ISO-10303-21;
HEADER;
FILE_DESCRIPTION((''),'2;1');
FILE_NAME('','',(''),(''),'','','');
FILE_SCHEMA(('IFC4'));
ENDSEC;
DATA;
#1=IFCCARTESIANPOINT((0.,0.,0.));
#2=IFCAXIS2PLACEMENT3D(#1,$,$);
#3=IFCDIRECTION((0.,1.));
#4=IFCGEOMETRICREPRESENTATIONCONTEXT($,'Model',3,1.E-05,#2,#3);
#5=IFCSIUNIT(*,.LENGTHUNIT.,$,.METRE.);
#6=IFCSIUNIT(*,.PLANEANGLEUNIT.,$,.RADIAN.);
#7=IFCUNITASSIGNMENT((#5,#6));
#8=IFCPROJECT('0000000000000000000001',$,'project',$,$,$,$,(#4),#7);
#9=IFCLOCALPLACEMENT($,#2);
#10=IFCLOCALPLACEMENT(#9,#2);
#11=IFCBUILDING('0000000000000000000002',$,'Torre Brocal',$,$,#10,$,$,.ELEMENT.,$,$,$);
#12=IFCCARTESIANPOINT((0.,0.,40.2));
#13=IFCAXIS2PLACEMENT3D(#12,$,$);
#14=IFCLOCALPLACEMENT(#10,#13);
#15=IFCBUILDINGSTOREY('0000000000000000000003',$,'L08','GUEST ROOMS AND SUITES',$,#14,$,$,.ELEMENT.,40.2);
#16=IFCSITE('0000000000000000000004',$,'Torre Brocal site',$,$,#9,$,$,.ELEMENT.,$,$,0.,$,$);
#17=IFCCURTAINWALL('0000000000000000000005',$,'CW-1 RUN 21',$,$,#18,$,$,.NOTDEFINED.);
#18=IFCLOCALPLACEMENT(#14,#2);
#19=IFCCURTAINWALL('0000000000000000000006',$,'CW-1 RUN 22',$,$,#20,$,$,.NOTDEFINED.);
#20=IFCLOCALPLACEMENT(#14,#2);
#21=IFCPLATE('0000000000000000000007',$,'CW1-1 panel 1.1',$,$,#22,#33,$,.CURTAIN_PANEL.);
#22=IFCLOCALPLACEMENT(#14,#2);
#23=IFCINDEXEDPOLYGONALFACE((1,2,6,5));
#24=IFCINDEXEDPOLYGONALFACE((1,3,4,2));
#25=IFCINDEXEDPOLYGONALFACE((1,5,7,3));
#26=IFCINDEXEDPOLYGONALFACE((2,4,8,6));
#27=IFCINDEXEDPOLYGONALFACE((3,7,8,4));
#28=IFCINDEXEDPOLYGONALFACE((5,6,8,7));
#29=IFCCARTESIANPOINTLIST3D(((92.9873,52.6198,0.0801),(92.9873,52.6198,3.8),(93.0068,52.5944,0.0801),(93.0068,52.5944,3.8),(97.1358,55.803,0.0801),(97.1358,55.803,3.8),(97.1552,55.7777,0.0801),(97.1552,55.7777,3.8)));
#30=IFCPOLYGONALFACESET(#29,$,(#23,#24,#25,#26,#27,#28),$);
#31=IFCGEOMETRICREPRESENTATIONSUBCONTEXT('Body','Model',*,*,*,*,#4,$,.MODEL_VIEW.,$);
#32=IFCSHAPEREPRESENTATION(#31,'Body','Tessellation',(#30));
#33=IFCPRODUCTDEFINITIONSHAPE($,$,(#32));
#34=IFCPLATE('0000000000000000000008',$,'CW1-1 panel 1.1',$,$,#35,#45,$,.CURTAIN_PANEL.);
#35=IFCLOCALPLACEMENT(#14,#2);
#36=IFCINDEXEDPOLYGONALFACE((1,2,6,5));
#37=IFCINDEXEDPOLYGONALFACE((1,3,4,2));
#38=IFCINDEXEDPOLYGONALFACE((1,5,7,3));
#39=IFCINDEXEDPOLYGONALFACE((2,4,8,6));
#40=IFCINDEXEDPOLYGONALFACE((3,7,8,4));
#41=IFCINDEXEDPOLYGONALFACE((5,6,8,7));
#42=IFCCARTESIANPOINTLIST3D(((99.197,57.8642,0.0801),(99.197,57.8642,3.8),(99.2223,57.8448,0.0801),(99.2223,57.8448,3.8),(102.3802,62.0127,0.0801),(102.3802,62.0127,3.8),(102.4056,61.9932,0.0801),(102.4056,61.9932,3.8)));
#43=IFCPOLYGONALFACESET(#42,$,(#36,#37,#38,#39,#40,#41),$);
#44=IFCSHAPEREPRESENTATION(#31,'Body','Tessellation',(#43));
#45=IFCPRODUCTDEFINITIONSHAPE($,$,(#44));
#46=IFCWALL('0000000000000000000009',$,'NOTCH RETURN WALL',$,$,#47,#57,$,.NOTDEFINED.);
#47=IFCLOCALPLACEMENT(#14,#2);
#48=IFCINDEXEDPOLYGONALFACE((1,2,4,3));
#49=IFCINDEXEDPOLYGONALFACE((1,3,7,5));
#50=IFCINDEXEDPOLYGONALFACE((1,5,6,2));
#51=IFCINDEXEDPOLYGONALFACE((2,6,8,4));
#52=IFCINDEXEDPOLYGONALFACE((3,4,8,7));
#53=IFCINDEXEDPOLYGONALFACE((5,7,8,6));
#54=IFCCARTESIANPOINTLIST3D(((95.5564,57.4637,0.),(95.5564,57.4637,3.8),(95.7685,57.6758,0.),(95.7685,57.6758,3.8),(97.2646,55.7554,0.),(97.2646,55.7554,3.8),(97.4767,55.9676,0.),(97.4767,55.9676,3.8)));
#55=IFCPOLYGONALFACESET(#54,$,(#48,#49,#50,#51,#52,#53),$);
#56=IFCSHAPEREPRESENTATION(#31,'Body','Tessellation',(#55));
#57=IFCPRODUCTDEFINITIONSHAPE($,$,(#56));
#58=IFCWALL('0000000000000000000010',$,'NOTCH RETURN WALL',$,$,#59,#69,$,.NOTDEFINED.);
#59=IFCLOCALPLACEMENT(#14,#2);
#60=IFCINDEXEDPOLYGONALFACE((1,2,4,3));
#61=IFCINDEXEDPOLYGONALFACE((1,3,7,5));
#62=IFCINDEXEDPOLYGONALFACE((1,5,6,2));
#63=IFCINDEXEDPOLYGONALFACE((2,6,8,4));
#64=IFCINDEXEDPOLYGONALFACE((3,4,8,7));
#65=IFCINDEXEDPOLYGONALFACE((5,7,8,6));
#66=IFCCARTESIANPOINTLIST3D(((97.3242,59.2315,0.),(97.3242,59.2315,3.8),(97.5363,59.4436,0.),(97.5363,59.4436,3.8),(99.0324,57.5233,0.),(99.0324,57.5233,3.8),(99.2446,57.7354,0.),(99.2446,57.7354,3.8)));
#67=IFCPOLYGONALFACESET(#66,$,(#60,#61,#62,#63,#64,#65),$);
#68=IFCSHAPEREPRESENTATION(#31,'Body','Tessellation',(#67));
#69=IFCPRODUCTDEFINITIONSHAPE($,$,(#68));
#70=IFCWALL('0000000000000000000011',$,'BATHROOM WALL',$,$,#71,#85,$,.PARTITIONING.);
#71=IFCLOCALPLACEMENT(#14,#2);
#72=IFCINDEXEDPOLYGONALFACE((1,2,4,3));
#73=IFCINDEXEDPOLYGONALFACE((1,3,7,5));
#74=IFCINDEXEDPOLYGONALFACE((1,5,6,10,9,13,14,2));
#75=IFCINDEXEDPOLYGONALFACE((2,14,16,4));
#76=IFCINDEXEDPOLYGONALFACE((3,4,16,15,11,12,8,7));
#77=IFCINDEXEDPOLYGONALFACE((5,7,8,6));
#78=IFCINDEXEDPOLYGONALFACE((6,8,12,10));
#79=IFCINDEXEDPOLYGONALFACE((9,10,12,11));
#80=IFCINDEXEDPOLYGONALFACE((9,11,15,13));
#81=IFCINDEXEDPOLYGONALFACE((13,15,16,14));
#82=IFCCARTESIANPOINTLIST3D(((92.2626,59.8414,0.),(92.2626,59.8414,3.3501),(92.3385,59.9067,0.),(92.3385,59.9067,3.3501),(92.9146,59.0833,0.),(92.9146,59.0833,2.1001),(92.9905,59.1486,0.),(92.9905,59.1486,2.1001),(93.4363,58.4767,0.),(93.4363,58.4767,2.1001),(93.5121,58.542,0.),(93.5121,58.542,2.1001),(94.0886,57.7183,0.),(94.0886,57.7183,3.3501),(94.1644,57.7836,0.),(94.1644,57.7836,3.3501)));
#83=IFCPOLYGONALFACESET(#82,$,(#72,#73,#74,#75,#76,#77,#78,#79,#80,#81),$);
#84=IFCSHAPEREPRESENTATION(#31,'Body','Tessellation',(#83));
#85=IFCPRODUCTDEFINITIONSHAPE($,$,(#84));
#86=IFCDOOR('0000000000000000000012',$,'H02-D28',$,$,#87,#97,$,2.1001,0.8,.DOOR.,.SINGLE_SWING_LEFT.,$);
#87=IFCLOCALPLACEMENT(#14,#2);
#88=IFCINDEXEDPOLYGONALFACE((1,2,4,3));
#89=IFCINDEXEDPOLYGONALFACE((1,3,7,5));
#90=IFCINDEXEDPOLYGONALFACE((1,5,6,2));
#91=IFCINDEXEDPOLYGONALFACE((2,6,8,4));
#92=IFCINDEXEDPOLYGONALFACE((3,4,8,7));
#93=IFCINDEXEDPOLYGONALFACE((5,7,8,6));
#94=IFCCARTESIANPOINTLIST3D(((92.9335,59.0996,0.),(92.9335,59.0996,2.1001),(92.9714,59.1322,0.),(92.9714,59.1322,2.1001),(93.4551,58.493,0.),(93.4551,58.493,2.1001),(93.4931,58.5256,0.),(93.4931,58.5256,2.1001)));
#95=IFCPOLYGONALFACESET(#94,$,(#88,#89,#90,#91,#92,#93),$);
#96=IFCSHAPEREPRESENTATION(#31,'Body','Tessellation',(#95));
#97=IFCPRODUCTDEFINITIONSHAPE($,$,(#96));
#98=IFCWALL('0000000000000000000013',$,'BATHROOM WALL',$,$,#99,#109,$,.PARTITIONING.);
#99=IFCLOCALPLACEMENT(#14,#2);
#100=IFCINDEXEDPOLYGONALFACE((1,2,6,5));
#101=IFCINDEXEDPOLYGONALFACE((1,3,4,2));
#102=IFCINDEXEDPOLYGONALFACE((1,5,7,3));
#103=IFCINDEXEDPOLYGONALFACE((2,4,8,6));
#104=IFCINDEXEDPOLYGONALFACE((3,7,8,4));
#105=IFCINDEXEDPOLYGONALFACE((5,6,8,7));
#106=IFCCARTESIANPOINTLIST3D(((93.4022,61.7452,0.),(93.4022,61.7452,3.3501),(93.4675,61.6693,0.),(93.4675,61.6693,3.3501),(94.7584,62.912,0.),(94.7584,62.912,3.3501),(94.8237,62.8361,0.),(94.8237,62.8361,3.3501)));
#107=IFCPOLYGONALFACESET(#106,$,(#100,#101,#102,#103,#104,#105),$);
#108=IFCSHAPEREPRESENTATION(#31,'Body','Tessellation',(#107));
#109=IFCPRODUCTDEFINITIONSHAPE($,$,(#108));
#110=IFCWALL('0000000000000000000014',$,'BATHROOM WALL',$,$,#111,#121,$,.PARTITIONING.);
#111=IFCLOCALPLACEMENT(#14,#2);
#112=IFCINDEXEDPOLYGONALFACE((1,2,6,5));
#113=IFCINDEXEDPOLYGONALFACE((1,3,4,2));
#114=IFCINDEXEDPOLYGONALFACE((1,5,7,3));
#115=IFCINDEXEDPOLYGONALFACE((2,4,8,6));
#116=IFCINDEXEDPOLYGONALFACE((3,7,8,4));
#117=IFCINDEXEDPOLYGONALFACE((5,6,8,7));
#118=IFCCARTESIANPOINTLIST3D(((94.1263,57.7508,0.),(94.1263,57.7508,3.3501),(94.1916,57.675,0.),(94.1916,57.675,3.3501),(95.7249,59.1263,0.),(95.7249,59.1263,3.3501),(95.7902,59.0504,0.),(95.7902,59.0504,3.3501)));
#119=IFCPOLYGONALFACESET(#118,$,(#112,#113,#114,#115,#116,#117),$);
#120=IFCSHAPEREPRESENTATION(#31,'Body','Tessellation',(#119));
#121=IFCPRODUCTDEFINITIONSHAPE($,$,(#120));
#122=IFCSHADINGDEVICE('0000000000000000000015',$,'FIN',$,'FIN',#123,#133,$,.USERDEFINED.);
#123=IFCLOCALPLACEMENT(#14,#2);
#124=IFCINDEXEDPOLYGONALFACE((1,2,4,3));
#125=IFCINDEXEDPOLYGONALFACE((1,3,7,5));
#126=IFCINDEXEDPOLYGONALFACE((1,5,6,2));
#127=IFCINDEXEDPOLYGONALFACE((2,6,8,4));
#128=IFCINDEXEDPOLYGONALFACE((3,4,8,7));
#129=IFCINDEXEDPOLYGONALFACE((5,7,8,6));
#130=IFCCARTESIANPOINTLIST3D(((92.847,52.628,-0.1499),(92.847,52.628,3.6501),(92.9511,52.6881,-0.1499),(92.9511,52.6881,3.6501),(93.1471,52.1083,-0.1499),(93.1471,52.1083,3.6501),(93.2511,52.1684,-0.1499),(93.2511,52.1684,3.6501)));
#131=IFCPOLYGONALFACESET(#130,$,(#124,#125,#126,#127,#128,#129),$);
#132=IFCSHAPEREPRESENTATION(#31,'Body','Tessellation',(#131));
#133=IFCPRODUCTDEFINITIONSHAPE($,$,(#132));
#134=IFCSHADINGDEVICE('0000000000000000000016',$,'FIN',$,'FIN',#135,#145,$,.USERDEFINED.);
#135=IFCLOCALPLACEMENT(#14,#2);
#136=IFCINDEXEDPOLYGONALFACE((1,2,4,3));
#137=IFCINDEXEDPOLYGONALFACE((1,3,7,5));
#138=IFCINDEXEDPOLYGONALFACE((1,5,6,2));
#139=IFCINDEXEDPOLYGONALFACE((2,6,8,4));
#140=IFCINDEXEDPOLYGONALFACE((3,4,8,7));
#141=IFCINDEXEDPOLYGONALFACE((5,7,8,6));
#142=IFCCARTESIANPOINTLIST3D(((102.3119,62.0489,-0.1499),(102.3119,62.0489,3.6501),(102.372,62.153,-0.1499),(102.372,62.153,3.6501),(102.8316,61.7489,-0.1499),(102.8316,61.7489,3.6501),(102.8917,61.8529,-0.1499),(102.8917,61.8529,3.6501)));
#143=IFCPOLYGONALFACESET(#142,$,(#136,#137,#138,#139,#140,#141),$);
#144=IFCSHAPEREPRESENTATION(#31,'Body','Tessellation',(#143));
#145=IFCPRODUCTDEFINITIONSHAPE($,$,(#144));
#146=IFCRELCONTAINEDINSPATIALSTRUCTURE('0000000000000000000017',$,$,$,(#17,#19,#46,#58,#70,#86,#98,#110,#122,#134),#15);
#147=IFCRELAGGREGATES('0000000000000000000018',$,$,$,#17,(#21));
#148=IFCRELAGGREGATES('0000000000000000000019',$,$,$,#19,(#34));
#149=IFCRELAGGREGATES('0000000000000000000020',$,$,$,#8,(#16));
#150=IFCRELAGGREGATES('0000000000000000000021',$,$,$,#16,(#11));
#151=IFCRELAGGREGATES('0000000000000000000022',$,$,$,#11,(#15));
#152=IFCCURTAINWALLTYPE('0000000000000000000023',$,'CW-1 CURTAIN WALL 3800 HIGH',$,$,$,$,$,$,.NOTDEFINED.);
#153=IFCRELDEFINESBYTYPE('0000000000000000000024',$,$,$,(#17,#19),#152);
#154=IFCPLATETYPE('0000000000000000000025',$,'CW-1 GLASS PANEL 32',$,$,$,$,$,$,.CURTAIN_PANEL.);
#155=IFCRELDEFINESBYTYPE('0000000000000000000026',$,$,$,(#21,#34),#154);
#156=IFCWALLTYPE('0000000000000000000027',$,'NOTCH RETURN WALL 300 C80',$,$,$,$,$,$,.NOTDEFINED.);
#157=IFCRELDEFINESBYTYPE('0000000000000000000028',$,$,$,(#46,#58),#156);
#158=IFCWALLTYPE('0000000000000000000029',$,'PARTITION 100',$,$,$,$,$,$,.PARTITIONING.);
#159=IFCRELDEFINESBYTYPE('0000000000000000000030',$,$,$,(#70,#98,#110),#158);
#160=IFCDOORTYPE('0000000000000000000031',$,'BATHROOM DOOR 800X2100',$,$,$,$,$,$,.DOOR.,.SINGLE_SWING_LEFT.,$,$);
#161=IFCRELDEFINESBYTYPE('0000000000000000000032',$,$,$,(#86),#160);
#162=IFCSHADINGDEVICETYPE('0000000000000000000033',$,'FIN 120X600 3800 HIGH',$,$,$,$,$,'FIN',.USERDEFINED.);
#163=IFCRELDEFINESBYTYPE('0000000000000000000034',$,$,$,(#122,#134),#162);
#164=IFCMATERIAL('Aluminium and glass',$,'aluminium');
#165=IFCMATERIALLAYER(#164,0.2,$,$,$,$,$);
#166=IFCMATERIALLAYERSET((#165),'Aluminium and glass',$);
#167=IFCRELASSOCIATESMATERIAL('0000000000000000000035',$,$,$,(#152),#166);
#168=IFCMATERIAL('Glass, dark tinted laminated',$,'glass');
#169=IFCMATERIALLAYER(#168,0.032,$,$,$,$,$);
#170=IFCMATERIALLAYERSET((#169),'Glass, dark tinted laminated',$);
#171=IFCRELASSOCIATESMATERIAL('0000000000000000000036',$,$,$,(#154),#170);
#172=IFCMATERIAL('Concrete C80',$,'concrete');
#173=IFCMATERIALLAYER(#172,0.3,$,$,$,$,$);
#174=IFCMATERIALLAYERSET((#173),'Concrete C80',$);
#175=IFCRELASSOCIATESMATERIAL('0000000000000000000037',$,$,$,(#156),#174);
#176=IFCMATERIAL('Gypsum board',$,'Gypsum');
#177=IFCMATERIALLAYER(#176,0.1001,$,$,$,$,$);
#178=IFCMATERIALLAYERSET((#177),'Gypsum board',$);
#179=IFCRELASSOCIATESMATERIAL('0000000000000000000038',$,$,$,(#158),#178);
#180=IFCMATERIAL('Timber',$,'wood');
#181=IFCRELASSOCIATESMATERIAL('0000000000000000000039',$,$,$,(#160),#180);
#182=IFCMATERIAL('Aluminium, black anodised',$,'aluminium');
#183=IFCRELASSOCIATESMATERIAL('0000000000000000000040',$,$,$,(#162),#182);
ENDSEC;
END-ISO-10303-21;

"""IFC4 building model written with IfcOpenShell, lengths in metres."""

from ifc_helpers import new_model, si_unit, direction, frame, frame_2d, origin, origin_2d, place, context, subcontext, project, spatial, rectangle, extrude, material, layer, layer_set, material_profile, profile_set, type_object, element, fill, aggregate, save


model = new_model("IFC4")

# Units and contexts
model_context = context("Model", 3, precision=1e-05, world=origin(), true_north=direction((0.0, 1.0)))
body_context = subcontext(model_context, "Body", "Model", "MODEL_VIEW")
ifc_project = project(units=[si_unit("LENGTHUNIT", "METRE"), si_unit("PLANEANGLEUNIT", "RADIAN")], contexts=[model_context])

# Site, building, storey
site_placement = place(None, origin())
site = spatial("IfcSite", under=ifc_project, at=site_placement, Name="Torre Brocal site", CompositionType="ELEMENT", RefElevation=0.0)
building_placement = place(site_placement, origin())
building = spatial("IfcBuilding", under=site, at=building_placement, Name="Torre Brocal", CompositionType="ELEMENT")
storey_placement = place(building_placement, frame((0.0, 0.0, 40.2)))
storey = spatial("IfcBuildingStorey", under=building, at=storey_placement, Name="L08", Description="GUEST ROOMS AND SUITES", CompositionType="ELEMENT", Elevation=40.2)

# Shared definitions
ifc_material_1 = material(Name="Aluminium and glass", Category="aluminium")
ifc_layer_1 = layer(ifc_material_1, 0.2)
ifc_layer_set_1 = layer_set([ifc_layer_1], Name="Aluminium and glass")
curtain_wall_type = type_object("IfcCurtainWallType", Name="CW-1 CURTAIN WALL 3800 HIGH", PredefinedType="NOTDEFINED", material=ifc_layer_set_1)

# Curtain walls
curtain_wall_1_placement = place(storey_placement, origin())
curtain_wall_1 = element("IfcCurtainWall", 1, at=curtain_wall_1_placement, inside=storey, type_object=curtain_wall_type, Name="CW-1 RUN 21", PredefinedType="NOTDEFINED")
curtain_wall_2_placement = place(storey_placement, origin())
curtain_wall_2 = element("IfcCurtainWall", 2, at=curtain_wall_2_placement, inside=storey, type_object=curtain_wall_type, Name="CW-1 RUN 22", PredefinedType="NOTDEFINED")

# Plates
ifc_material_2 = material(Name="Glass, dark tinted laminated", Category="glass")
ifc_layer_2 = layer(ifc_material_2, 0.032)
ifc_layer_set_2 = layer_set([ifc_layer_2], Name="Glass, dark tinted laminated")
plate_type = type_object("IfcPlateType", Name="CW-1 GLASS PANEL 32", PredefinedType="CURTAIN_PANEL", material=ifc_layer_set_2)
plate_1_placement = place(storey_placement, frame((95.0713, 54.1987, 0.0801), z_axis=(0.0, 0.0, 1.0), x_axis=(0.793353, 0.608761, 0.0)))
plate_1 = element("IfcPlate", 3, at=plate_1_placement, type_object=plate_type, Name="CW1-1 panel 1.1", PredefinedType="CURTAIN_PANEL", context=body_context, shape_type="SweptSolid", body=[
    extrude(rectangle(XDim=5.229, YDim=0.032, at=origin_2d()), origin(), (0.0, 0.0, 1.0), 3.72),
])
aggregate(curtain_wall_1, [plate_1])
plate_2_placement = place(storey_placement, frame((100.8013, 59.9287, 0.0801), z_axis=(0.0, 0.0, 1.0), x_axis=(0.608761, 0.793353, 0.0)))
plate_2 = element("IfcPlate", 4, at=plate_2_placement, type_object=plate_type, Name="CW1-1 panel 1.1", PredefinedType="CURTAIN_PANEL", context=body_context, shape_type="SweptSolid", body=[
    extrude(rectangle(XDim=5.229, YDim=0.032, at=origin_2d()), origin(), (0.0, 0.0, 1.0), 3.72),
])
aggregate(curtain_wall_2, [plate_2])

# Walls
ifc_material_3 = material(Name="Concrete C80", Category="concrete")
ifc_layer_3 = layer(ifc_material_3, 0.3)
ifc_layer_set_3 = layer_set([ifc_layer_3], Name="Concrete C80")
wall_type_1 = type_object("IfcWallType", Name="NOTCH RETURN WALL 300 C80", PredefinedType="NOTDEFINED", material=ifc_layer_set_3)
for number, where, z_axis, x_axis, name in (
    (5, (95.6624, 57.5698, 0.0), (0.0, 0.0, 1.0), (0.707107, -0.707107, 0.0), "NOTCH RETURN WALL"),
    (6, (97.4302, 59.3376, 0.0), (0.0, 0.0, 1.0), (0.707107, -0.707107, 0.0), "NOTCH RETURN WALL"),
):
    element("IfcWall", number, at=place(storey_placement, frame(where, z_axis=z_axis, x_axis=x_axis)), inside=storey, type_object=wall_type_1, Name=name, PredefinedType="NOTDEFINED", context=body_context, shape_type="SweptSolid", body=[
        extrude(rectangle(XDim=2.4158, YDim=0.3, at=frame_2d((1.208, 0.0))), origin(), (0.0, 0.0, 1.0), 3.8),
    ])

# Wall, opening, door
ifc_material_4 = material(Name="Gypsum board", Category="Gypsum")
ifc_layer_4 = layer(ifc_material_4, 0.1001)
ifc_layer_set_4 = layer_set([ifc_layer_4], Name="Gypsum board")
wall_type_2 = type_object("IfcWallType", Name="PARTITION 100", PredefinedType="PARTITIONING", material=ifc_layer_set_4)
wall_1_placement = place(storey_placement, frame((92.3005, 59.874, 0.0), z_axis=(0.0, 0.0, 1.0), x_axis=(0.652061, -0.758166, 0.0)))
wall_1 = element("IfcWall", 7, at=wall_1_placement, inside=storey, type_object=wall_type_2, Name="BATHROOM WALL", PredefinedType="PARTITIONING", context=body_context, shape_type="SweptSolid", body=[
    extrude(rectangle(XDim=2.8003, YDim=0.1001, at=frame_2d((1.4001, 0.0))), origin(), (0.0, 0.0, 1.0), 3.3501),
])
opening_placement = place(wall_1_placement, frame((1.0, 0.0, 0.0)))
opening = element("IfcOpeningElement", 8, at=opening_placement, cuts=wall_1, PredefinedType="OPENING", context=body_context, shape_type="SweptSolid", body=[
    extrude(rectangle(XDim=0.8, YDim=2.1001, at=frame_2d((0.3999, 1.05))), frame((0.0, 0.0601, 0.0), z_axis=(0.0, -1.0, 0.0), x_axis=(1.0, 0.0, 0.0)), (0.0, 0.0, 1.0), 0.1201),
])
ifc_material_5 = material(Name="Timber", Category="wood")
door_type = type_object("IfcDoorType", Name="BATHROOM DOOR 800X2100", OperationType="SINGLE_SWING_LEFT", PredefinedType="DOOR", material=ifc_material_5)
door_placement = place(opening_placement, origin())
door = element("IfcDoor", 9, at=door_placement, inside=storey, type_object=door_type, Name="H02-D28", OperationType="SINGLE_SWING_LEFT", OverallHeight=2.1001, OverallWidth=0.8, PredefinedType="DOOR", context=body_context, shape_type="SweptSolid", body=[
    extrude(rectangle(XDim=0.8, YDim=2.1001, at=frame_2d((0.3999, 1.05))), frame((0.0, 0.0249, 0.0), z_axis=(0.0, -1.0, 0.0), x_axis=(1.0, 0.0, 0.0)), (0.0, 0.0, 1.0), 0.05),
])
fill(opening, door)

# Walls
wall_2_placement = place(storey_placement, frame((93.4348, 61.7073, 0.0), z_axis=(0.0, 0.0, 1.0), x_axis=(0.75807, 0.652173, 0.0)))
element("IfcWall", 10, at=wall_2_placement, inside=storey, type_object=wall_type_2, Name="BATHROOM WALL", PredefinedType="PARTITIONING", context=body_context, shape_type="SweptSolid", body=[
    extrude(rectangle(XDim=1.7891, YDim=0.1001, at=frame_2d((0.8945, 0.0))), origin(), (0.0, 0.0, 1.0), 3.3501),
])
wall_3_placement = place(storey_placement, frame((94.1589, 57.7129, 0.0), z_axis=(0.0, 0.0, 1.0), x_axis=(0.75803, 0.65222, 0.0)))
element("IfcWall", 11, at=wall_3_placement, inside=storey, type_object=wall_type_2, Name="BATHROOM WALL", PredefinedType="PARTITIONING", context=body_context, shape_type="SweptSolid", body=[
    extrude(rectangle(XDim=2.1089, YDim=0.1001, at=frame_2d((1.0544, 0.0))), origin(), (0.0, 0.0, 1.0), 3.3501),
])

# Shading devices
ifc_material_6 = material(Name="Aluminium, black anodised", Category="aluminium")
ifc_material_profile_1 = material_profile(ifc_material_6, rectangle(XDim=0.1201, YDim=0.6001, at=origin_2d()), Name="FIN 120X600 3800 HIGH")
ifc_profile_set_1 = profile_set([ifc_material_profile_1], Name="Aluminium, black anodised")
shading_device_type = type_object("IfcShadingDeviceType", Name="FIN 120X600 3800 HIGH", ElementType="FIN", PredefinedType="USERDEFINED", material=ifc_profile_set_1)
for number, where, z_axis, x_axis, name in (
    (12, (93.0491, 52.3982, -0.1499), (0.0, 0.0, 1.0), (0.866025, 0.5, 0.0), "FIN"),
    (13, (102.6018, 61.9509, -0.1499), (0.0, 0.0, 1.0), (0.5, 0.866025, 0.0), "FIN"),
):
    element("IfcShadingDevice", number, at=place(storey_placement, frame(where, z_axis=z_axis, x_axis=x_axis)), inside=storey, type_object=shading_device_type, Name=name, ObjectType="FIN", PredefinedType="USERDEFINED", context=body_context, shape_type="SweptSolid", body=[
        extrude(rectangle(XDim=0.1201, YDim=0.6001, at=origin_2d()), origin(), (0.0, 0.0, 1.0), 3.8),
    ])

save(model, "model.ifc")
